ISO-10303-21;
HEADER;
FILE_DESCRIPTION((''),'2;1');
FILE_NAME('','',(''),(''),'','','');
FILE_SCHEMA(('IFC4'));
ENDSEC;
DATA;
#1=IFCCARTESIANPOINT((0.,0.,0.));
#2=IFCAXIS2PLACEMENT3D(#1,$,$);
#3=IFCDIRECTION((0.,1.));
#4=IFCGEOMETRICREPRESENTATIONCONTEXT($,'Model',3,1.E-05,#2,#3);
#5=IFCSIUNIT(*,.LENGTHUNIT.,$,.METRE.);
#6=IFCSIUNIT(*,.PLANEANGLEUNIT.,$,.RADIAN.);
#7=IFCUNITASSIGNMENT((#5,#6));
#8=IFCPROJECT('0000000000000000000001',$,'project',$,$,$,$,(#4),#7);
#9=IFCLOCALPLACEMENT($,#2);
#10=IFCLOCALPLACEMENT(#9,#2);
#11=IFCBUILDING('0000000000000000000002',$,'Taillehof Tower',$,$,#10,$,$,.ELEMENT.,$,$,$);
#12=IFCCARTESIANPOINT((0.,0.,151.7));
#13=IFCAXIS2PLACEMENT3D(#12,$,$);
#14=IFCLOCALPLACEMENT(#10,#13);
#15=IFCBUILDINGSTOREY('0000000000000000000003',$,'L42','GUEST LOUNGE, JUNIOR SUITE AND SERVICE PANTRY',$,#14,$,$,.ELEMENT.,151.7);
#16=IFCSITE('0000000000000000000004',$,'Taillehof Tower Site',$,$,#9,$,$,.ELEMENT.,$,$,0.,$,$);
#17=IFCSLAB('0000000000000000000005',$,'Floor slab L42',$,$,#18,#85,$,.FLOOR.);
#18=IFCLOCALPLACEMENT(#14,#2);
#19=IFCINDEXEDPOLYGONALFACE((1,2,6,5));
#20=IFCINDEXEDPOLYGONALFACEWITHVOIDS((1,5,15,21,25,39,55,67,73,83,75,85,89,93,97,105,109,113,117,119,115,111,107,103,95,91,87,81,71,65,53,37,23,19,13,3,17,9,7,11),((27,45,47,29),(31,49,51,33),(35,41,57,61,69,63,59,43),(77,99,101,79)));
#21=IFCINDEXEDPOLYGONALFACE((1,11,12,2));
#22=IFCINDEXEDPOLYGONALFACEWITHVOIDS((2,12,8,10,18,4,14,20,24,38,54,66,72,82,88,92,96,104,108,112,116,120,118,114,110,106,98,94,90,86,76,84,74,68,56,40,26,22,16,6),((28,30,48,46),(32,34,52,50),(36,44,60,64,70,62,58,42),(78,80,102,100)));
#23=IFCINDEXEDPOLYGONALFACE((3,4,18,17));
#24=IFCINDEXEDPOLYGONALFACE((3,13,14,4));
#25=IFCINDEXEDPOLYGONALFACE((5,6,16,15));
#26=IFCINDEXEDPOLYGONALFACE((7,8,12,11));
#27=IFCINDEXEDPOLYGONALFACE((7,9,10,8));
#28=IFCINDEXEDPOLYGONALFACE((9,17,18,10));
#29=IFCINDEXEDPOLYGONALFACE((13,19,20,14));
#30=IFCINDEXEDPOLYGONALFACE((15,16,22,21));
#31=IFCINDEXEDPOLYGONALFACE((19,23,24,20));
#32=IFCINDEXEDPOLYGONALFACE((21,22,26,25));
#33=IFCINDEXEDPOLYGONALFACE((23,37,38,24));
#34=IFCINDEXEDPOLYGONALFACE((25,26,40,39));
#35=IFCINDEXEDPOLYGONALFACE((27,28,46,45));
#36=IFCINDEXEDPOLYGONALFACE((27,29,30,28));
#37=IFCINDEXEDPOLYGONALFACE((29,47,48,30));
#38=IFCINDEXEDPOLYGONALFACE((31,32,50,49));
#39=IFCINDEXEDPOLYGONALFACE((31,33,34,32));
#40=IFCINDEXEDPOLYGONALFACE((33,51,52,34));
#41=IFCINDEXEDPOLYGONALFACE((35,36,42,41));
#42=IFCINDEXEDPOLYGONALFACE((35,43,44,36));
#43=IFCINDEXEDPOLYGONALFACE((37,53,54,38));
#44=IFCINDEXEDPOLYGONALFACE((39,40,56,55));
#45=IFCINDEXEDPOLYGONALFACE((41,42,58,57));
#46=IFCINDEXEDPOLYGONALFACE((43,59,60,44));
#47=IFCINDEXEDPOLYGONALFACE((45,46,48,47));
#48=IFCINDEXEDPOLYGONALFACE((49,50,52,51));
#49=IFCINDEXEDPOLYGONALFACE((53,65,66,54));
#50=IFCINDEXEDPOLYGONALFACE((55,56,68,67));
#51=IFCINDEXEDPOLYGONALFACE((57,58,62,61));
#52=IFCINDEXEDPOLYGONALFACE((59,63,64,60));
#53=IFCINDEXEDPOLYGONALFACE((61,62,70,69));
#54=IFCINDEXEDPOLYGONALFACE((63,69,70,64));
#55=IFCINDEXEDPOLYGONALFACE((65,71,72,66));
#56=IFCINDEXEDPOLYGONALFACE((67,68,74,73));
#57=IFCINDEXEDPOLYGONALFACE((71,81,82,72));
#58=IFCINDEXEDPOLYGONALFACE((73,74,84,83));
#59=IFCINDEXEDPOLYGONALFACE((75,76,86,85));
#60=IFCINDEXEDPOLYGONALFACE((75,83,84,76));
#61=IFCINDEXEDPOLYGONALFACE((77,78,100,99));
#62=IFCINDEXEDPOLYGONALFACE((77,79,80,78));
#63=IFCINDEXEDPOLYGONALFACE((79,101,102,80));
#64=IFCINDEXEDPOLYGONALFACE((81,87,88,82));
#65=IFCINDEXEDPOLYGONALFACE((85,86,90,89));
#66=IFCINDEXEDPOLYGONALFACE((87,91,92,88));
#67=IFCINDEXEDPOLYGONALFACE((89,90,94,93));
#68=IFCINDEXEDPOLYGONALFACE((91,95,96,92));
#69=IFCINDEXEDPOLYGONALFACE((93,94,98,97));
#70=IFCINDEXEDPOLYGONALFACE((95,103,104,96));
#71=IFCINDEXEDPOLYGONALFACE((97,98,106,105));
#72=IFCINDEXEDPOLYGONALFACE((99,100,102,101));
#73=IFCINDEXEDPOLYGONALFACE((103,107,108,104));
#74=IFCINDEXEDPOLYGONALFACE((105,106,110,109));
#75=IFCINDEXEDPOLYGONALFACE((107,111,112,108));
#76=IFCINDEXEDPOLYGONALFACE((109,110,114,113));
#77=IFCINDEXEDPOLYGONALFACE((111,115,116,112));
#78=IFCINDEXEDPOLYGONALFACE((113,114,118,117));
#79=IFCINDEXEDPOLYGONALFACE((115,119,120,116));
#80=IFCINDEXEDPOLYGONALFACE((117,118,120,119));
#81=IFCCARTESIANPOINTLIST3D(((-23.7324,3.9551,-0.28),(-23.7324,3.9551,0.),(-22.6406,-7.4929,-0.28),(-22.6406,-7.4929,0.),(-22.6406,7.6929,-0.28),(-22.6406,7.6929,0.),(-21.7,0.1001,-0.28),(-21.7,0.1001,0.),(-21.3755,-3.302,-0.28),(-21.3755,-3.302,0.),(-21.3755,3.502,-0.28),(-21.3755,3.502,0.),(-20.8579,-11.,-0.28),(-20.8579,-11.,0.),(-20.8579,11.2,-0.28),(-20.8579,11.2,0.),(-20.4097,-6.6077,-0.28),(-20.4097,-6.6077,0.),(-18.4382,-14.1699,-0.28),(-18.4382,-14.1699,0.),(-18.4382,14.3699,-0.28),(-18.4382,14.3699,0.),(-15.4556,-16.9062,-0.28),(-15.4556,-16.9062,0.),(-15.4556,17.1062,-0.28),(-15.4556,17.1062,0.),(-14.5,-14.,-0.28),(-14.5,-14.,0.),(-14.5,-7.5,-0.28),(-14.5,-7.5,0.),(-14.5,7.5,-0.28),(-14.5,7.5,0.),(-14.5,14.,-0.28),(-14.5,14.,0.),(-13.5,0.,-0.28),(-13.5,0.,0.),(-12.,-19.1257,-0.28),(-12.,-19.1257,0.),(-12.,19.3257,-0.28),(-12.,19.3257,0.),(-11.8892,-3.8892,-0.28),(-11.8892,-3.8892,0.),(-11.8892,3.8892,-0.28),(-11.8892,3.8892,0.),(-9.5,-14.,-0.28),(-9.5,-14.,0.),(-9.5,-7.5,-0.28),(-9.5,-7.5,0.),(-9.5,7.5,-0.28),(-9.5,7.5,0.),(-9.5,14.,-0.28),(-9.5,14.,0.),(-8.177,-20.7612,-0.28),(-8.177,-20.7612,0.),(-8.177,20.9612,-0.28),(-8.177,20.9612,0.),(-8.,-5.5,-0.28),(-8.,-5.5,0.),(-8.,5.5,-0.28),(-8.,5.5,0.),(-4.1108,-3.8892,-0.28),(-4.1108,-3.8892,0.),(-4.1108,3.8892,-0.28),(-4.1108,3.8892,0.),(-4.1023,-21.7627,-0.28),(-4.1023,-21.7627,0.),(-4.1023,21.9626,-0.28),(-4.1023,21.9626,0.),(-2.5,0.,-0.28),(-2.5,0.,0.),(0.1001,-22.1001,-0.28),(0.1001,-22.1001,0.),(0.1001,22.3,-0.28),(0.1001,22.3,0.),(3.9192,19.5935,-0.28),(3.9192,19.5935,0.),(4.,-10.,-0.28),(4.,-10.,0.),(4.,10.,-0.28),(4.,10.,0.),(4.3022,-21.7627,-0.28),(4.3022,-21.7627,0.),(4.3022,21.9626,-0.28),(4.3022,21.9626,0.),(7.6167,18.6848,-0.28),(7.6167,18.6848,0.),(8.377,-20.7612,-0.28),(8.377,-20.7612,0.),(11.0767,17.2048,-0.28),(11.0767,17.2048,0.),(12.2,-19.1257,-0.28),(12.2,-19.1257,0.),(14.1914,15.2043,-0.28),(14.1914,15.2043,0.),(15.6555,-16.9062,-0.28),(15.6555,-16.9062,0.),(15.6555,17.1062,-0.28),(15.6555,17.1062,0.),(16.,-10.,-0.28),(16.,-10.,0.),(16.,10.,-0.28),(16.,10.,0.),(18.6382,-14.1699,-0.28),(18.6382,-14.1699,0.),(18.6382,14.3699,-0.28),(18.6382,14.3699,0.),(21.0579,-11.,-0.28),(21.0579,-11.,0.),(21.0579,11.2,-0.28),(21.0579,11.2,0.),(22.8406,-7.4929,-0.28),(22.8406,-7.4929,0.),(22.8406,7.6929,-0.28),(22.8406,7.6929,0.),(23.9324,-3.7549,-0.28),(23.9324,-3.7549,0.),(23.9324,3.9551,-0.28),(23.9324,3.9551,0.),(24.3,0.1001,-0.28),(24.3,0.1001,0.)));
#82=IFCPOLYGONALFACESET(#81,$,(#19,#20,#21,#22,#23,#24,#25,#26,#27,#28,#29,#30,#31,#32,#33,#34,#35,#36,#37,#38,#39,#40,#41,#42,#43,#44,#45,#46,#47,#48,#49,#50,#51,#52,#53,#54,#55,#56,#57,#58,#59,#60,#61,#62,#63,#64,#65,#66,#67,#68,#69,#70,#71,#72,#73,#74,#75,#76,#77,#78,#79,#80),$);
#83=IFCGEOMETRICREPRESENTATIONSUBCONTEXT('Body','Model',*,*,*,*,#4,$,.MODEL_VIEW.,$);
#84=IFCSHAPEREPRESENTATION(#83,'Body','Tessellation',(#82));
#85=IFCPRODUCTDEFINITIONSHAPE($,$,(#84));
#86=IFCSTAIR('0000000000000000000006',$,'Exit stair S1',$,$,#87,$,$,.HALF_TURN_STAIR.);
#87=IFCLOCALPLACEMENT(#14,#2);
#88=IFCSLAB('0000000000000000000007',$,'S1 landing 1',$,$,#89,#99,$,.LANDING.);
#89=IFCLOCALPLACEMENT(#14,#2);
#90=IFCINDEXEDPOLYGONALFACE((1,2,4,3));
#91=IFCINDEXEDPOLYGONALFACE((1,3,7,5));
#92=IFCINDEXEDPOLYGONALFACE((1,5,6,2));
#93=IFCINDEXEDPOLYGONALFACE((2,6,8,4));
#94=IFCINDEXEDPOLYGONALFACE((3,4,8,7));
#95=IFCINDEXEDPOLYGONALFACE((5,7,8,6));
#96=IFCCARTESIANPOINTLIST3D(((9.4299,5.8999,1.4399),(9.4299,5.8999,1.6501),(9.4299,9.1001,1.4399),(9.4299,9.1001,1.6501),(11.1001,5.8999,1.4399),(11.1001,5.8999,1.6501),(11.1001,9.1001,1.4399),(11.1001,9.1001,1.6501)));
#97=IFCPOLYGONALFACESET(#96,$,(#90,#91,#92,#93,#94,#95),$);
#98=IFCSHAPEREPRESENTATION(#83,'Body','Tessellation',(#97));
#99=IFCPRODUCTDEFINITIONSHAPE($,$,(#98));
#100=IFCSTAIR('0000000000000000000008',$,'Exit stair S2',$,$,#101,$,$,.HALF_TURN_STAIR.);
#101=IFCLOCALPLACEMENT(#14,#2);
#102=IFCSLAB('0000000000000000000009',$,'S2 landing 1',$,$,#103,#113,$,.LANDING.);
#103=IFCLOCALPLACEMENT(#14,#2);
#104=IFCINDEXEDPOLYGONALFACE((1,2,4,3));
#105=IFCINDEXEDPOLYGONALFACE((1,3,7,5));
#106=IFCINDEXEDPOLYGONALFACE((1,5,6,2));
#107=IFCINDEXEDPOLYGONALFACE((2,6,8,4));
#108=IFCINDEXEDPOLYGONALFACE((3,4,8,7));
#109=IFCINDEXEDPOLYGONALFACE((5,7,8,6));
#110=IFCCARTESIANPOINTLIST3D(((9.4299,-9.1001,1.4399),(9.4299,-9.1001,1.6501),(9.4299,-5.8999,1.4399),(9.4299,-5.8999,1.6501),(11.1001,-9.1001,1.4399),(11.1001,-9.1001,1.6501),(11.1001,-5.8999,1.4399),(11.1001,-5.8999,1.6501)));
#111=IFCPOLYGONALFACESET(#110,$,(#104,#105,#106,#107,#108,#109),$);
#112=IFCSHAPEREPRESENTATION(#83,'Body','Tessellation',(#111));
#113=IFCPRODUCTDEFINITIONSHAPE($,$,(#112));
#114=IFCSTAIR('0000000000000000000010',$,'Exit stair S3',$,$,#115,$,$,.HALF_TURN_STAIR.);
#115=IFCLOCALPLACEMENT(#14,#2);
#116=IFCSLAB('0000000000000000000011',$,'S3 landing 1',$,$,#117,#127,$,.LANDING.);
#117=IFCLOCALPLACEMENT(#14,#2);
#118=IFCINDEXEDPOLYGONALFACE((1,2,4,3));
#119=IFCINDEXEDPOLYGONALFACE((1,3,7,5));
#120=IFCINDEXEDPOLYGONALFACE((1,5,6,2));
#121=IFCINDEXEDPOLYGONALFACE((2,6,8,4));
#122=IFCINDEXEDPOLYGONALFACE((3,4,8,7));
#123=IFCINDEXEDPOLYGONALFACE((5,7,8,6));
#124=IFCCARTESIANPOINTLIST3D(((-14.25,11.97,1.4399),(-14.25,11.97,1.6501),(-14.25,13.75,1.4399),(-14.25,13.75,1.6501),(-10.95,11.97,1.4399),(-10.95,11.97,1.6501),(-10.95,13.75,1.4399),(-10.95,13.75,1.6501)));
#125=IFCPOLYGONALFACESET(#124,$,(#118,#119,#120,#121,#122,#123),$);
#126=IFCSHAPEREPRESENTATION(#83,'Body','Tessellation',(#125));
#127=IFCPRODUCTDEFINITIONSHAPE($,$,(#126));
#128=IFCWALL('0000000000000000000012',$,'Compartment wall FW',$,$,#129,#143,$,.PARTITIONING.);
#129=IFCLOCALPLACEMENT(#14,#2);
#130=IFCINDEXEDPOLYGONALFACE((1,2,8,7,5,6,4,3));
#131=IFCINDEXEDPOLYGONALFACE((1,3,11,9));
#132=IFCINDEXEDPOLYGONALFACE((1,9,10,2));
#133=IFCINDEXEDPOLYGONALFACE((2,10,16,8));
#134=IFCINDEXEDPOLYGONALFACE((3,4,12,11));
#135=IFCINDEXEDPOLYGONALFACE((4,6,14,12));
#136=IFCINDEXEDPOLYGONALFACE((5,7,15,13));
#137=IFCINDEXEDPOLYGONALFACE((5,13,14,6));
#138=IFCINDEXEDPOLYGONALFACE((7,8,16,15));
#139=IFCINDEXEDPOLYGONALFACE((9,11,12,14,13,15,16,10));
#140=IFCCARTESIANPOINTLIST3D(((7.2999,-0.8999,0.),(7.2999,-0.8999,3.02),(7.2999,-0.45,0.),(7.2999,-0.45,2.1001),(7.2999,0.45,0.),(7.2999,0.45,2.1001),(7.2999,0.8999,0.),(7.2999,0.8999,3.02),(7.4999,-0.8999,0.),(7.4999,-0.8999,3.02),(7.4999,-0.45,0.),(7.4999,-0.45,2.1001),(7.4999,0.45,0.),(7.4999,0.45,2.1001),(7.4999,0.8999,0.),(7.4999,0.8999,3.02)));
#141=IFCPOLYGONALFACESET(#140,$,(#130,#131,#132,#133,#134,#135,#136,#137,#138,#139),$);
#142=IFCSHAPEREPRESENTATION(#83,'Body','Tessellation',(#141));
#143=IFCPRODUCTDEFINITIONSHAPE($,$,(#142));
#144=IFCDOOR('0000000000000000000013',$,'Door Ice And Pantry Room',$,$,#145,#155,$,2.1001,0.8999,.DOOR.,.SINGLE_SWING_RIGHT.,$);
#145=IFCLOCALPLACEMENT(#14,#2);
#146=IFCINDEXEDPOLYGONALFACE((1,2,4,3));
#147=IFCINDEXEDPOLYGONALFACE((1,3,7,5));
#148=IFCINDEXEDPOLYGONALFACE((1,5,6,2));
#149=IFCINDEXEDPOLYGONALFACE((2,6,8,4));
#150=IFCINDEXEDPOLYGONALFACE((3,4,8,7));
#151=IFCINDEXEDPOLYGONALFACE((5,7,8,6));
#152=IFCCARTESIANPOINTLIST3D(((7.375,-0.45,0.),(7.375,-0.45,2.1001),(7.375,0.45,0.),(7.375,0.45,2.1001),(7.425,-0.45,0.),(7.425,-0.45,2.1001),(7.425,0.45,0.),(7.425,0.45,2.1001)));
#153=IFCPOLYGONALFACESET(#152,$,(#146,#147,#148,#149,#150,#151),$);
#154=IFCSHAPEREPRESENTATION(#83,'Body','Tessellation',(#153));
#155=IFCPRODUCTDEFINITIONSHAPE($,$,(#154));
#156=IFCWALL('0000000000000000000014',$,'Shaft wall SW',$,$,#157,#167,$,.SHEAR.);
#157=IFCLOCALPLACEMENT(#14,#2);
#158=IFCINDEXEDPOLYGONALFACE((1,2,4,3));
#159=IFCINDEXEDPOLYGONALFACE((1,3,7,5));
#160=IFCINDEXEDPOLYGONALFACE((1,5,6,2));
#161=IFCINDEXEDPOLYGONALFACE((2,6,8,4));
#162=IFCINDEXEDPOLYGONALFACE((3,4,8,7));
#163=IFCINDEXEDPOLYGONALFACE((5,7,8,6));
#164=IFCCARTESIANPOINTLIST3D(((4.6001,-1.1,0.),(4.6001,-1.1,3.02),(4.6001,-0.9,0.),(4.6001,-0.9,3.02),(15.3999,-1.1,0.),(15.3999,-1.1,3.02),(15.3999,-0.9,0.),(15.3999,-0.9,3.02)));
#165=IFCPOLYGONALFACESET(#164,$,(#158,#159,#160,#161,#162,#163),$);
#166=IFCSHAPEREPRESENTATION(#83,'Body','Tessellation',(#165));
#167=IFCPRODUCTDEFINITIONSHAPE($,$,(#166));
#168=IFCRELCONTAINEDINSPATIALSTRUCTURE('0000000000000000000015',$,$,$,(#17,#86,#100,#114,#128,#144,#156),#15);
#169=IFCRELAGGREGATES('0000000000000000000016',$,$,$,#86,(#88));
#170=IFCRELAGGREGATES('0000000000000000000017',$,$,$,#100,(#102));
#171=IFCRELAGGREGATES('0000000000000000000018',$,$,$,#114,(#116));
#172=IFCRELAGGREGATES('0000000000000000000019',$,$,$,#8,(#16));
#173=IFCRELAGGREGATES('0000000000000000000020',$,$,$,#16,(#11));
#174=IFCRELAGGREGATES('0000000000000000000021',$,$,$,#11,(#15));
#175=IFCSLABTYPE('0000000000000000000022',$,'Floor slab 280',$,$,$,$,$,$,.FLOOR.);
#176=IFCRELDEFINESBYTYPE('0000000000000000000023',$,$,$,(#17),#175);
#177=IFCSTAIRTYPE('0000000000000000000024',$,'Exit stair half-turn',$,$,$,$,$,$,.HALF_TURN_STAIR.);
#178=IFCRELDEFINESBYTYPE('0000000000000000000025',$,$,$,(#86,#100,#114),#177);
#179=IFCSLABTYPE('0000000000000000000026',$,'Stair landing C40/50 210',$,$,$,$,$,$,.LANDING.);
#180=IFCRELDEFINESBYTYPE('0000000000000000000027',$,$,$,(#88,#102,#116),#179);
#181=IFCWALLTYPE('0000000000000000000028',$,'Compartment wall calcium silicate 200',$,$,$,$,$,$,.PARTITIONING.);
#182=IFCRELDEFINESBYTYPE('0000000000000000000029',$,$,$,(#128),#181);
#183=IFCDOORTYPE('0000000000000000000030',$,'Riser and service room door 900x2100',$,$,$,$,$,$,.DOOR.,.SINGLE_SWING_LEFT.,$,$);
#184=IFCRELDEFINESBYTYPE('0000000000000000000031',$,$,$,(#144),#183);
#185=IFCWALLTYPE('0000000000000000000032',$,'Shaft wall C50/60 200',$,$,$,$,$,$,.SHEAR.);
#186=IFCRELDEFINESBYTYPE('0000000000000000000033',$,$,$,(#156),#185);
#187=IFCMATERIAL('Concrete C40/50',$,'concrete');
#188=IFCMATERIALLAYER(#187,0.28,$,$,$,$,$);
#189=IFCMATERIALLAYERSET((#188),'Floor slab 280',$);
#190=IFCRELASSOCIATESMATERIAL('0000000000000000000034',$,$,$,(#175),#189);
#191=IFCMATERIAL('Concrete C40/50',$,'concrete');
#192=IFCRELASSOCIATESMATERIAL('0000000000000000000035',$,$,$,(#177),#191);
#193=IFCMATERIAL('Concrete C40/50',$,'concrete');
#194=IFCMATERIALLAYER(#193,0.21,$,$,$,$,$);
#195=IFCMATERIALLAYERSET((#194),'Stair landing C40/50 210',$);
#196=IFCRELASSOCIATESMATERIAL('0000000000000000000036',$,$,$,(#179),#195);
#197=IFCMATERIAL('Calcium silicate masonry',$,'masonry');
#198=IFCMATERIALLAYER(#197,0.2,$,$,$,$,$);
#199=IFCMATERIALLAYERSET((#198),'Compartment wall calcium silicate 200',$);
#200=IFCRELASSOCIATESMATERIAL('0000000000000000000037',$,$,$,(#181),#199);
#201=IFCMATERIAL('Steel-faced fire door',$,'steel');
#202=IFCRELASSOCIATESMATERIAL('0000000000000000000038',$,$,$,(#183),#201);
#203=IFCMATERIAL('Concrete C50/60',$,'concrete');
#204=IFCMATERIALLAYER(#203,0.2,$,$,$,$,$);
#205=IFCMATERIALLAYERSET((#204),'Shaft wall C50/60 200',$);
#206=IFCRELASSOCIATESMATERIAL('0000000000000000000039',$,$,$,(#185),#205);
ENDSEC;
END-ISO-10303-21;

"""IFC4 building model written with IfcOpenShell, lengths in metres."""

from ifc_helpers import new_model, si_unit, direction, frame, frame_2d, origin, place, context, subcontext, project, spatial, polyline, rectangle, outline, extrude, material, layer, layer_set, type_object, element, fill, aggregate, save


model = new_model("IFC4")

# Units and contexts
model_context = context("Model", 3, precision=1e-05, world=origin(), true_north=direction((0.0, 1.0)))
body_context = subcontext(model_context, "Body", "Model", "MODEL_VIEW")
ifc_project = project(units=[si_unit("LENGTHUNIT", "METRE"), si_unit("PLANEANGLEUNIT", "RADIAN")], contexts=[model_context])

# Site, building, storey
site_placement = place(None, origin())
site = spatial("IfcSite", under=ifc_project, at=site_placement, Name="Taillehof Tower Site", CompositionType="ELEMENT", RefElevation=0.0)
building_placement = place(site_placement, origin())
building = spatial("IfcBuilding", under=site, at=building_placement, Name="Taillehof Tower", CompositionType="ELEMENT")
storey_placement = place(building_placement, frame((0.0, 0.0, 151.7)))
storey = spatial("IfcBuildingStorey", under=building, at=storey_placement, Name="L42", Description="GUEST LOUNGE, JUNIOR SUITE AND SERVICE PANTRY", CompositionType="ELEMENT", Elevation=151.7)

# Slab
ifc_material_1 = material(Name="Concrete C40/50", Category="concrete")
ifc_layer_1 = layer(ifc_material_1, 0.28)
ifc_layer_set_1 = layer_set([ifc_layer_1], Name="Floor slab 280")
slab_type_1 = type_object("IfcSlabType", Name="Floor slab 280", PredefinedType="FLOOR", material=ifc_layer_set_1)
slab_1_placement = place(storey_placement, frame((0.0, 0.0, -0.28)))
element("IfcSlab", 1, at=slab_1_placement, inside=storey, type_object=slab_type_1, Name="Floor slab L42", PredefinedType="FLOOR", context=body_context, shape_type="SweptSolid", body=[
    extrude(outline(polyline([(24.3, 0.1001), (23.9324, 3.9551), (22.8406, 7.6929), (21.0579, 11.2), (18.6382, 14.3699), (15.6555, 17.1062), (14.1914, 15.2043), (11.0767, 17.2048), (7.6167, 18.6848), (3.9192, 19.5935), (4.3022, 21.9626), (0.1001, 22.3), (-4.1023, 21.9626), (-8.177, 20.9612), (-12.0, 19.3257), (-15.4556, 17.1062), (-18.4382, 14.3699), (-20.8579, 11.2), (-22.6406, 7.6929), (-23.7324, 3.9551), (-21.3755, 3.502), (-21.7, 0.1001), (-21.3755, -3.302), (-20.4097, -6.6077), (-22.6406, -7.4929), (-20.8579, -11.0), (-18.4382, -14.1699), (-15.4556, -16.9062), (-12.0, -19.1257), (-8.177, -20.7612), (-4.1023, -21.7627), (0.1001, -22.1001), (4.3022, -21.7627), (8.377, -20.7612), (12.2, -19.1257), (15.6555, -16.9062), (18.6382, -14.1699), (21.0579, -11.0), (22.8406, -7.4929), (23.9324, -3.7549), (24.3, 0.1001)]), holes=[polyline([(-14.5, -7.5), (-9.5, -7.5), (-9.5, -14.0), (-14.5, -14.0), (-14.5, -7.5)]), polyline([(-8.0, -5.5), (-11.8892, -3.8892), (-13.5, 0.0), (-11.8892, 3.8892), (-8.0, 5.5), (-4.1108, 3.8892), (-2.5, 0.0), (-4.1108, -3.8892), (-8.0, -5.5)]), polyline([(16.0, 10.0), (16.0, -10.0), (4.0, -10.0), (4.0, 10.0), (16.0, 10.0)]), polyline([(-14.5, 14.0), (-9.5, 14.0), (-9.5, 7.5), (-14.5, 7.5), (-14.5, 14.0)])]), origin(), (0.0, 0.0, 1.0), 0.28),
])

# Stairs, slabs
ifc_material_2 = material(Name="Concrete C40/50", Category="concrete")
stair_type = type_object("IfcStairType", Name="Exit stair half-turn", PredefinedType="HALF_TURN_STAIR", material=ifc_material_2)
stair_1_placement = place(storey_placement, origin())
stair_1 = element("IfcStair", 2, at=stair_1_placement, inside=storey, type_object=stair_type, Name="Exit stair S1", PredefinedType="HALF_TURN_STAIR")
ifc_material_3 = material(Name="Concrete C40/50", Category="concrete")
ifc_layer_2 = layer(ifc_material_3, 0.21)
ifc_layer_set_2 = layer_set([ifc_layer_2], Name="Stair landing C40/50 210")
slab_type_2 = type_object("IfcSlabType", Name="Stair landing C40/50 210", PredefinedType="LANDING", material=ifc_layer_set_2)
slab_2_placement = place(storey_placement, frame((0.0, 0.0, 1.4399)))
slab_2 = element("IfcSlab", 3, at=slab_2_placement, type_object=slab_type_2, Name="S1 landing 1", PredefinedType="LANDING", context=body_context, shape_type="SweptSolid", body=[
    extrude(outline(polyline([(9.4299, 5.8999), (11.1001, 5.8999), (11.1001, 9.1001), (9.4299, 9.1001), (9.4299, 5.8999)])), origin(), (0.0, 0.0, 1.0), 0.2102),
])
aggregate(stair_1, [slab_2])
stair_2_placement = place(storey_placement, origin())
stair_2 = element("IfcStair", 4, at=stair_2_placement, inside=storey, type_object=stair_type, Name="Exit stair S2", PredefinedType="HALF_TURN_STAIR")
slab_3_placement = place(storey_placement, frame((0.0, 0.0, 1.4399)))
slab_3 = element("IfcSlab", 5, at=slab_3_placement, type_object=slab_type_2, Name="S2 landing 1", PredefinedType="LANDING", context=body_context, shape_type="SweptSolid", body=[
    extrude(outline(polyline([(9.4299, -5.8999), (11.1001, -5.8999), (11.1001, -9.1001), (9.4299, -9.1001), (9.4299, -5.8999)])), origin(), (0.0, 0.0, 1.0), 0.2102),
])
aggregate(stair_2, [slab_3])
stair_3_placement = place(storey_placement, origin())
stair_3 = element("IfcStair", 6, at=stair_3_placement, inside=storey, type_object=stair_type, Name="Exit stair S3", PredefinedType="HALF_TURN_STAIR")
slab_4_placement = place(storey_placement, frame((0.0, 0.0, 1.4399)))
slab_4 = element("IfcSlab", 7, at=slab_4_placement, type_object=slab_type_2, Name="S3 landing 1", PredefinedType="LANDING", context=body_context, shape_type="SweptSolid", body=[
    extrude(outline(polyline([(-14.25, 11.97), (-14.25, 13.75), (-10.95, 13.75), (-10.95, 11.97), (-14.25, 11.97)])), origin(), (0.0, 0.0, 1.0), 0.2102),
])
aggregate(stair_3, [slab_4])

# Wall, opening, door
ifc_material_4 = material(Name="Calcium silicate masonry", Category="masonry")
ifc_layer_3 = layer(ifc_material_4, 0.2)
ifc_layer_set_3 = layer_set([ifc_layer_3], Name="Compartment wall calcium silicate 200")
wall_type_1 = type_object("IfcWallType", Name="Compartment wall calcium silicate 200", PredefinedType="PARTITIONING", material=ifc_layer_set_3)
wall_1_placement = place(storey_placement, frame((7.3999, -0.8999, 0.0), z_axis=(0.0, 0.0, 1.0), x_axis=(0.0, 1.0, 0.0)))
wall_1 = element("IfcWall", 8, at=wall_1_placement, inside=storey, type_object=wall_type_1, Name="Compartment wall FW", PredefinedType="PARTITIONING", context=body_context, shape_type="SweptSolid", body=[
    extrude(rectangle(XDim=1.7998, YDim=0.2, at=frame_2d((0.8999, 0.0))), origin(), (0.0, 0.0, 1.0), 3.02),
])
opening_placement = place(wall_1_placement, frame((0.45, 0.0, 0.0)))
opening = element("IfcOpeningElement", 9, at=opening_placement, cuts=wall_1, PredefinedType="OPENING", context=body_context, shape_type="SweptSolid", body=[
    extrude(rectangle(XDim=0.8999, YDim=2.1001, at=frame_2d((0.45, 1.05))), frame((0.0, 0.1099, 0.0), z_axis=(0.0, -1.0, 0.0), x_axis=(1.0, 0.0, 0.0)), (0.0, 0.0, 1.0), 0.22),
])
ifc_material_5 = material(Name="Steel-faced fire door", Category="steel")
door_type = type_object("IfcDoorType", Name="Riser and service room door 900x2100", OperationType="SINGLE_SWING_LEFT", PredefinedType="DOOR", material=ifc_material_5)
door_placement = place(opening_placement, origin())
door = element("IfcDoor", 10, at=door_placement, inside=storey, type_object=door_type, Name="Door Ice And Pantry Room", OperationType="SINGLE_SWING_RIGHT", OverallHeight=2.1001, OverallWidth=0.8999, PredefinedType="DOOR", context=body_context, shape_type="SweptSolid", body=[
    extrude(rectangle(XDim=0.8999, YDim=2.1001, at=frame_2d((0.45, 1.05))), frame((0.0, 0.0249, 0.0), z_axis=(0.0, -1.0, 0.0), x_axis=(1.0, 0.0, 0.0)), (0.0, 0.0, 1.0), 0.05),
])
fill(opening, door)

# Wall
ifc_material_6 = material(Name="Concrete C50/60", Category="concrete")
ifc_layer_4 = layer(ifc_material_6, 0.2)
ifc_layer_set_4 = layer_set([ifc_layer_4], Name="Shaft wall C50/60 200")
wall_type_2 = type_object("IfcWallType", Name="Shaft wall C50/60 200", PredefinedType="SHEAR", material=ifc_layer_set_4)
wall_2_placement = place(storey_placement, frame((4.6001, -1.0, 0.0), z_axis=(0.0, 0.0, 1.0), x_axis=(1.0, 0.0, 0.0)))
element("IfcWall", 11, at=wall_2_placement, inside=storey, type_object=wall_type_2, Name="Shaft wall SW", PredefinedType="SHEAR", context=body_context, shape_type="SweptSolid", body=[
    extrude(rectangle(XDim=10.7998, YDim=0.2, at=frame_2d((5.3999, 0.0))), origin(), (0.0, 0.0, 1.0), 3.02),
])

save(model, "model.ifc")
